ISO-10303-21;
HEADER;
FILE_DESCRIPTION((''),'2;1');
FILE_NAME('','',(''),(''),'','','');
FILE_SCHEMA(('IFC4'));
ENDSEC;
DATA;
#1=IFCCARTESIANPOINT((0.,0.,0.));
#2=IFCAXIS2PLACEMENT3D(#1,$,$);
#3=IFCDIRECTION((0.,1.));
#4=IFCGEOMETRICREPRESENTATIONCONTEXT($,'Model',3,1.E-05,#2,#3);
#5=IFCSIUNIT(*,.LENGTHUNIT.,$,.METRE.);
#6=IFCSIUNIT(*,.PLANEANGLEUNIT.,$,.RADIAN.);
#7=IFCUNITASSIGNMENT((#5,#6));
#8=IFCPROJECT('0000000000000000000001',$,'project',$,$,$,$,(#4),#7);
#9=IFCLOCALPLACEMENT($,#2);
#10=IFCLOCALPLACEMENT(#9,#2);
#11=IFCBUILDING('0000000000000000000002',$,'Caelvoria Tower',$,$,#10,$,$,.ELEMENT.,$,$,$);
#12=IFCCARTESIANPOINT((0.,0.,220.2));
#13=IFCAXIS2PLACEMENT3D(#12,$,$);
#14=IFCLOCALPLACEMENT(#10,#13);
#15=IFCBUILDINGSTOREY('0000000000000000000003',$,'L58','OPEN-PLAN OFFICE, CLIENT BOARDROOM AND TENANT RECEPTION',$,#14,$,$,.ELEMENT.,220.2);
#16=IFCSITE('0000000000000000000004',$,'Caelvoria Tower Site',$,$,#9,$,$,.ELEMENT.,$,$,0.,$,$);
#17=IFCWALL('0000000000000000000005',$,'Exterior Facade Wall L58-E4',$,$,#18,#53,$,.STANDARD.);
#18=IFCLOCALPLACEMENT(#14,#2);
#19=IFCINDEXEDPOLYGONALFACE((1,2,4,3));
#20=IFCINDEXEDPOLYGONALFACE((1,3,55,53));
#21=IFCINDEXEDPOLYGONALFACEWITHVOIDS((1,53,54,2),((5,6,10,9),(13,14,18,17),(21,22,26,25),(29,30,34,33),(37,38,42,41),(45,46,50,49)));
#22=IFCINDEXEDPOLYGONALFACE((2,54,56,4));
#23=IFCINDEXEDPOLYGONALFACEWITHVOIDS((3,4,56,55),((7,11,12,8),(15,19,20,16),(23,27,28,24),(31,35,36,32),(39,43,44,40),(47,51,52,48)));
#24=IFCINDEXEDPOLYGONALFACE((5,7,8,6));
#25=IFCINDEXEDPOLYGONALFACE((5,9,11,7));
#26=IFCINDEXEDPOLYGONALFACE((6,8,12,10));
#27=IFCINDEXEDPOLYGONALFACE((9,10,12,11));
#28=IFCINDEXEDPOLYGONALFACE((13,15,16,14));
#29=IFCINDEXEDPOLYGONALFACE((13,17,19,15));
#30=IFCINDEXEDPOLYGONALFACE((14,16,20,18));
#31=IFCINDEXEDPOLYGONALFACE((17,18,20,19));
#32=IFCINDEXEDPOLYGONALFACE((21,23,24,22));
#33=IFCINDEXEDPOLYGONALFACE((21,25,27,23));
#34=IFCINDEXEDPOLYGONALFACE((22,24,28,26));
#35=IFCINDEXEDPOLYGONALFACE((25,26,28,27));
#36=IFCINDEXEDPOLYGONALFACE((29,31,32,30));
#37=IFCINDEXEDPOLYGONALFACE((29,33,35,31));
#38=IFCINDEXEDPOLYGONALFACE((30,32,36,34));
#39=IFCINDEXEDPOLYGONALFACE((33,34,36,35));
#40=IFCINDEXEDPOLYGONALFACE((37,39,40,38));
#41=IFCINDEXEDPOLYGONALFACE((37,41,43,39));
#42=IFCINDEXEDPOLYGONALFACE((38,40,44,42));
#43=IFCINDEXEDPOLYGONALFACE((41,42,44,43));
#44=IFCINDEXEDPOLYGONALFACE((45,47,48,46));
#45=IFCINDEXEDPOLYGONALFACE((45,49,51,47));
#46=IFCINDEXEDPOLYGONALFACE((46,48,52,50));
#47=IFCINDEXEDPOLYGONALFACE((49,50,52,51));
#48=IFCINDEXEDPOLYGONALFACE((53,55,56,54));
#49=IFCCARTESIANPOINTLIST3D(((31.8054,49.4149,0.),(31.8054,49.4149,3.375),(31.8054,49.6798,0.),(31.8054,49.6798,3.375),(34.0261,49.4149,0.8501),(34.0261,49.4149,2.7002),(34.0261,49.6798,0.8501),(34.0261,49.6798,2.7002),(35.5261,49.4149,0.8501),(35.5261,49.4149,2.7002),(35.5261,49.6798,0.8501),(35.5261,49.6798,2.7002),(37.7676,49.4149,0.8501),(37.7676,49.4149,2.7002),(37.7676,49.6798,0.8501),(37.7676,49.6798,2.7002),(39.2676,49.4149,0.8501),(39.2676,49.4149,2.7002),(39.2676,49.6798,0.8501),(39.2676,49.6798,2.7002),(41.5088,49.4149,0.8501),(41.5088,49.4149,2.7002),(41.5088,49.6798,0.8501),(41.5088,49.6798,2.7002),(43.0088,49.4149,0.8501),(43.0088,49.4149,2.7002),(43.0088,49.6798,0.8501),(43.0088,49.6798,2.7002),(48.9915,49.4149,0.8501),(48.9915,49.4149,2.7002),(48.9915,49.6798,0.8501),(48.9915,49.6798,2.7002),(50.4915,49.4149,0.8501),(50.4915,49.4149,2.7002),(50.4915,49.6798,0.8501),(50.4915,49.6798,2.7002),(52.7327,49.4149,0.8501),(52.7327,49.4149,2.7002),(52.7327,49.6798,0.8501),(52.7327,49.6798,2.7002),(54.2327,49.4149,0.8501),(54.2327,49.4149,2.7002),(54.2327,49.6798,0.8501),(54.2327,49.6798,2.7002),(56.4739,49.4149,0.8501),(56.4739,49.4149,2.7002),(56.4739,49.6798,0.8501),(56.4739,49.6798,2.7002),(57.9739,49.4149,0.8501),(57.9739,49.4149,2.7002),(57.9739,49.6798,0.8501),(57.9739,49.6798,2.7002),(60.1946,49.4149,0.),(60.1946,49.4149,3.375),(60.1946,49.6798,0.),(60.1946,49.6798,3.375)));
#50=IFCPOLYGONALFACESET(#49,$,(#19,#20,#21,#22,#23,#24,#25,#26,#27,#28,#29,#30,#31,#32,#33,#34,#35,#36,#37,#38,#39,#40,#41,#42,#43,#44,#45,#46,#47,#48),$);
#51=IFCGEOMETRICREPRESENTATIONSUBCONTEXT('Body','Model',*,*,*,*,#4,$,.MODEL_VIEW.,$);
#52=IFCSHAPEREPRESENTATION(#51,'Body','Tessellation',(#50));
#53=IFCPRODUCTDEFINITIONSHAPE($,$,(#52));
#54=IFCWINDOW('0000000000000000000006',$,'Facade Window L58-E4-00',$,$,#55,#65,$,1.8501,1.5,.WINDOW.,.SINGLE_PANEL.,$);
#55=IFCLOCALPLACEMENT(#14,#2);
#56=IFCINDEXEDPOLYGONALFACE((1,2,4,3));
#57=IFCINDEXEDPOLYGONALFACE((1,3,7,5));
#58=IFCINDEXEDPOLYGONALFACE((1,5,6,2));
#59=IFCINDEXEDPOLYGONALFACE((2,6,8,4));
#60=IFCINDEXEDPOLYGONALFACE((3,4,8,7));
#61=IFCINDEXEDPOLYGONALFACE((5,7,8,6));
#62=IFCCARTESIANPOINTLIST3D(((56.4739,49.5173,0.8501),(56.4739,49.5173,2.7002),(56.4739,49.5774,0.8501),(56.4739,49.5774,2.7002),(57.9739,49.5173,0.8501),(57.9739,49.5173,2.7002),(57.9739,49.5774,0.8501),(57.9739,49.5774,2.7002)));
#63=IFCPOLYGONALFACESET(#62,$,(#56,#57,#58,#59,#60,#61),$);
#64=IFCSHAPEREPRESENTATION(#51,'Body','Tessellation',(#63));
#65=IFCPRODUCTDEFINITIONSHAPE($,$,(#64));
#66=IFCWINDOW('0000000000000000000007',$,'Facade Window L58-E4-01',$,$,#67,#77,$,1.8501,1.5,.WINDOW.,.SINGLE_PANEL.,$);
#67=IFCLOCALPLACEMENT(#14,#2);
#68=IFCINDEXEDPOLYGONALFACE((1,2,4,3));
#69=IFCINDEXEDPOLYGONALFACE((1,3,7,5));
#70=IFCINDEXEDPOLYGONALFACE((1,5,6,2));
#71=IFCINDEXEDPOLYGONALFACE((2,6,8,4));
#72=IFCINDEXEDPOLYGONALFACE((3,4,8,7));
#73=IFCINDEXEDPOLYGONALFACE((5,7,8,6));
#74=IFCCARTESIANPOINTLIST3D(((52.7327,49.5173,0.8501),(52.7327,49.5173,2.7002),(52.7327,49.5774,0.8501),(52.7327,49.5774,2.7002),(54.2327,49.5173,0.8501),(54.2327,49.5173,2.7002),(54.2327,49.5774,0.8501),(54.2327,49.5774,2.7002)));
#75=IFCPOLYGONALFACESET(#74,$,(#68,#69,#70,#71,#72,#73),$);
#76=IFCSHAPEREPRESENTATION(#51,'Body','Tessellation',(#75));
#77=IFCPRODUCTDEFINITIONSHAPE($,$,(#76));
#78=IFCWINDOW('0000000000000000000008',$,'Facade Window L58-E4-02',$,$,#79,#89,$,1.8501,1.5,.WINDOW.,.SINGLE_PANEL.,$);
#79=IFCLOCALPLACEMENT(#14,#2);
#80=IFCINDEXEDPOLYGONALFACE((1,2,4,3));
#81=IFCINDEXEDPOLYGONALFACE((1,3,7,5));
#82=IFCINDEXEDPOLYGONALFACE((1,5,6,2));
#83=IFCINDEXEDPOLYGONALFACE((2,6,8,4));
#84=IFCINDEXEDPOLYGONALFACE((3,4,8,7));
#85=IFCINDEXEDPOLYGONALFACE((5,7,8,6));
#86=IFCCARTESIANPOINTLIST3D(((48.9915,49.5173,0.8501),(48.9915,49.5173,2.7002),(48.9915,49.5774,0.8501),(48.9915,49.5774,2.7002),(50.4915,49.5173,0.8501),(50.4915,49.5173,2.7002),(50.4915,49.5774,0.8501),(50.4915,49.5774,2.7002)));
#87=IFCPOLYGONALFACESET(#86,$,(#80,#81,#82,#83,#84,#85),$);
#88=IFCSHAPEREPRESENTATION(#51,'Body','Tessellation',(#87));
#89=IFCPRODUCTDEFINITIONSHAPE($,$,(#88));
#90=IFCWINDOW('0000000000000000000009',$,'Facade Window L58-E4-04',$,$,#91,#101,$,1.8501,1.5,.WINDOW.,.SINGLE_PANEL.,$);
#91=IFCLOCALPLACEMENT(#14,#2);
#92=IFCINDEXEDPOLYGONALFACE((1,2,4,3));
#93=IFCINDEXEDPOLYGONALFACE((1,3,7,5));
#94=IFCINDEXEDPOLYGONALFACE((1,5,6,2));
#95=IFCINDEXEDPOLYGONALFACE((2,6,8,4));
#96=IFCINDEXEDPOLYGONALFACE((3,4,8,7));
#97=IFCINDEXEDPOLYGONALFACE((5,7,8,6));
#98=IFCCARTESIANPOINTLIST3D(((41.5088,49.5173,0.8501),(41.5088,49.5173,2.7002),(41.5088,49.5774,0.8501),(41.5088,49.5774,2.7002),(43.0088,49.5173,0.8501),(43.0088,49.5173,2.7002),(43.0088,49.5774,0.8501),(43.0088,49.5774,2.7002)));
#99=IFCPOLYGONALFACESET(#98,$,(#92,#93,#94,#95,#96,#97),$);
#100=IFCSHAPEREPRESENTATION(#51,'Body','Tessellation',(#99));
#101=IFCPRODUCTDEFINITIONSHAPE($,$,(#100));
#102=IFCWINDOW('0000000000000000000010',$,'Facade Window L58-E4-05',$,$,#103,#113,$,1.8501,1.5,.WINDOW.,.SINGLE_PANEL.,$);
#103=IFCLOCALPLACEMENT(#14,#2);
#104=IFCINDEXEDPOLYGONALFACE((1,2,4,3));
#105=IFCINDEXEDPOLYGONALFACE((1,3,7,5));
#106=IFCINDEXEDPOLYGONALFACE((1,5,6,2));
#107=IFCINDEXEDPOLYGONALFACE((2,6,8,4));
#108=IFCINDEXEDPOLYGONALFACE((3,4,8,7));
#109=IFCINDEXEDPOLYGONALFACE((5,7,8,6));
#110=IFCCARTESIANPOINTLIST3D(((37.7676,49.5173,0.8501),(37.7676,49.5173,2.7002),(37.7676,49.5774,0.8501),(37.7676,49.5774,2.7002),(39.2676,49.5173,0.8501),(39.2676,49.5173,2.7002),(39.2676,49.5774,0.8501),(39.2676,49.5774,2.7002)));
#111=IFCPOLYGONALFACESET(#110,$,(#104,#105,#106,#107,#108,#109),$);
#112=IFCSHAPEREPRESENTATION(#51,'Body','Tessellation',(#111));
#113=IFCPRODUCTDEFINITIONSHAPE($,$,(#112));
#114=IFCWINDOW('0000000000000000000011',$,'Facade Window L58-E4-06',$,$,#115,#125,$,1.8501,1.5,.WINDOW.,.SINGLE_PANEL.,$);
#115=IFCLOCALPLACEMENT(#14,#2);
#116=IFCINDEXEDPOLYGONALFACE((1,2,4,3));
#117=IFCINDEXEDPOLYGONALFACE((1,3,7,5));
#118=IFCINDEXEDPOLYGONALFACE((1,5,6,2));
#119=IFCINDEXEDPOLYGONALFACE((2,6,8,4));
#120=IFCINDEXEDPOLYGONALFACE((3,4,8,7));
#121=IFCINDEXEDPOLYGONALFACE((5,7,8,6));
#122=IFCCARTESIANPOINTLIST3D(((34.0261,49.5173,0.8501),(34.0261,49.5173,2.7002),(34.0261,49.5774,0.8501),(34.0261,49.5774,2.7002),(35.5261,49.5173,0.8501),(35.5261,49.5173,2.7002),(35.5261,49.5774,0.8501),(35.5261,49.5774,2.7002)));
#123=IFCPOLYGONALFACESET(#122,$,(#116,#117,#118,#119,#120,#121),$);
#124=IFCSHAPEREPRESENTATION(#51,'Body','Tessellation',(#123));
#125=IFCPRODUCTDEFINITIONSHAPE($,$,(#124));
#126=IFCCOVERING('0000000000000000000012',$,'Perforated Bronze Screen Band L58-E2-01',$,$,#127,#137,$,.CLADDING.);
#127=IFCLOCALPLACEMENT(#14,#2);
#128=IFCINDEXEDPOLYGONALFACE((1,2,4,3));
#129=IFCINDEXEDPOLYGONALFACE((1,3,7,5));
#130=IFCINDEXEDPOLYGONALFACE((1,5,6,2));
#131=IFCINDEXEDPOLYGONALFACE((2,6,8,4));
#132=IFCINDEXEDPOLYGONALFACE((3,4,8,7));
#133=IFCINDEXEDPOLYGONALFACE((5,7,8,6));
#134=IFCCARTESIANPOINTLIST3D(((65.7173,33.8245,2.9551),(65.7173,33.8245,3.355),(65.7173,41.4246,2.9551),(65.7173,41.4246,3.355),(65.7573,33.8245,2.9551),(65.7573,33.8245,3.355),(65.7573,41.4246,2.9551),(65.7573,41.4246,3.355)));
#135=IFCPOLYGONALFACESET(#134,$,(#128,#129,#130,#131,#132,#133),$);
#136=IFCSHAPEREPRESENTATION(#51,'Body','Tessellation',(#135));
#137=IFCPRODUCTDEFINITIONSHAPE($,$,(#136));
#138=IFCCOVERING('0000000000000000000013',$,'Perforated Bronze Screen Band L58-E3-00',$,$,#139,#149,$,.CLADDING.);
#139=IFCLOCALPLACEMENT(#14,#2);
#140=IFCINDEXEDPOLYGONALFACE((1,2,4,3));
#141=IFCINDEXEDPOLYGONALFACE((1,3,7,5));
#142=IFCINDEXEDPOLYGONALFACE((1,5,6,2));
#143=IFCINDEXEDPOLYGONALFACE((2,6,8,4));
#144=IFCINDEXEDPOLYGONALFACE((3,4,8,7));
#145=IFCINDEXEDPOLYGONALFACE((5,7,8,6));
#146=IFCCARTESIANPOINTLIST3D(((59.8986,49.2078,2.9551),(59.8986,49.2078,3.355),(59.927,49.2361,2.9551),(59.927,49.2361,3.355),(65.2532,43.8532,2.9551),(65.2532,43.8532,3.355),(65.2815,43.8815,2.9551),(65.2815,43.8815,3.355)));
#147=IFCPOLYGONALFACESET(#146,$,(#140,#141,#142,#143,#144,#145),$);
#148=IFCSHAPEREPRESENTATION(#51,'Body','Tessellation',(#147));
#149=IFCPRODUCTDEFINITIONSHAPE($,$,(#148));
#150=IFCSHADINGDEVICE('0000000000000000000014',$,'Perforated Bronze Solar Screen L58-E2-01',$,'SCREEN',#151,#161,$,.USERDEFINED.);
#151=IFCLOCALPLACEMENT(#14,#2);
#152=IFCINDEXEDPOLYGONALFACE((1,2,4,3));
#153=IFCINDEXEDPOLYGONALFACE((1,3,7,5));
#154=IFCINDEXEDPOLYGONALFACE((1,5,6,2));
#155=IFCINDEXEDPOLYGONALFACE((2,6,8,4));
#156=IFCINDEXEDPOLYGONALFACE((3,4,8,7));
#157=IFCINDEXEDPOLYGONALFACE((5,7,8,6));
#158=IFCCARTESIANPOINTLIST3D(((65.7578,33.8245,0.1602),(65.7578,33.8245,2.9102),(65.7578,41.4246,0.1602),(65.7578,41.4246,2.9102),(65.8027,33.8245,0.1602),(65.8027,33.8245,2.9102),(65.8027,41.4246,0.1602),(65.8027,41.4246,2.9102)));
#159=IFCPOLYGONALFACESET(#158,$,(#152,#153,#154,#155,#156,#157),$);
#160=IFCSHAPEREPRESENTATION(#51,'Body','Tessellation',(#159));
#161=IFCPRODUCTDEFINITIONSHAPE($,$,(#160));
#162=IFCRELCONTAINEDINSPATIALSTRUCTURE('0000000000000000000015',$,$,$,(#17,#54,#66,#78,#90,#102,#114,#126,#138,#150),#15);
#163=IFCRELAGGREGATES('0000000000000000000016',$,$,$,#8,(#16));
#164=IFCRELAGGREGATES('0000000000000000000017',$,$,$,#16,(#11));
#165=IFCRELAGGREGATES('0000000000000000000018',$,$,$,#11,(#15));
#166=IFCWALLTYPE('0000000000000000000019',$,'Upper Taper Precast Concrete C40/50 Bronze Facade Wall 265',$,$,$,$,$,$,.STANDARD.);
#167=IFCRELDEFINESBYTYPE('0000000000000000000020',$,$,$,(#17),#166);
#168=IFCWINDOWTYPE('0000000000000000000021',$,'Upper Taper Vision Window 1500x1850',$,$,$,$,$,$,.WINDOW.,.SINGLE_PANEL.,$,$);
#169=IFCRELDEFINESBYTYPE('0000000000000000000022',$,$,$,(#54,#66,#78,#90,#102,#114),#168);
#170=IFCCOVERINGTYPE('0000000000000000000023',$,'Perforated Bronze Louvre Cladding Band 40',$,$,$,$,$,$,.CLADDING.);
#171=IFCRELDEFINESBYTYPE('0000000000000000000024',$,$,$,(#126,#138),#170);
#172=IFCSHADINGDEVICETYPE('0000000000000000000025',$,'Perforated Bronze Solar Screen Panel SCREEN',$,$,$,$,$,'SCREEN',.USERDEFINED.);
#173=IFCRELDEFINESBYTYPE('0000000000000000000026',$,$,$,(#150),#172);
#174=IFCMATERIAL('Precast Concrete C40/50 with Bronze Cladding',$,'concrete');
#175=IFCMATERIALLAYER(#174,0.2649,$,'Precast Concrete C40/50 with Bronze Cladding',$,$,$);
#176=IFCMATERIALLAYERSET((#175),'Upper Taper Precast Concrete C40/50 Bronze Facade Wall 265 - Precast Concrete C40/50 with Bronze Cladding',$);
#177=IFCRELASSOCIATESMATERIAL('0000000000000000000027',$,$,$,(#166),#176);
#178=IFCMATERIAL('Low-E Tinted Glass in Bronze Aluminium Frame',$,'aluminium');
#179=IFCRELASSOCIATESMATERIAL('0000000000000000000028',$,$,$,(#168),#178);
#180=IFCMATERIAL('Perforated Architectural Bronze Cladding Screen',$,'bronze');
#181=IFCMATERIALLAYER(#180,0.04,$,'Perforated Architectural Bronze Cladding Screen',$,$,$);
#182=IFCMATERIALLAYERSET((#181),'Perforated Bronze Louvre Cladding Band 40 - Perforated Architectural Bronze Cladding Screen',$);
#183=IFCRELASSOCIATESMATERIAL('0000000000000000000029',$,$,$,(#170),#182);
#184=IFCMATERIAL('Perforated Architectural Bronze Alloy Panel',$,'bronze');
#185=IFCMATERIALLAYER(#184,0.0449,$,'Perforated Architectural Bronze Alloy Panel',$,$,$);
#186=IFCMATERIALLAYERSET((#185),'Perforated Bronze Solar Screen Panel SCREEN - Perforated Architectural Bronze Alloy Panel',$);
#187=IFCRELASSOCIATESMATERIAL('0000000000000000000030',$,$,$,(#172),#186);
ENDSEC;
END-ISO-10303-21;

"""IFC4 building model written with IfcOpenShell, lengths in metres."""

from ifc_helpers import new_model, si_unit, direction, frame, frame_2d, origin, origin_2d, place, context, subcontext, project, spatial, rectangle, extrude, material, layer, layer_set, type_object, element, fill, save


model = new_model("IFC4")

# Units and contexts
model_context = context("Model", 3, precision=1e-05, world=origin(), true_north=direction((0.0, 1.0)))
body_context = subcontext(model_context, "Body", "Model", "MODEL_VIEW")
ifc_project = project(units=[si_unit("LENGTHUNIT", "METRE"), si_unit("PLANEANGLEUNIT", "RADIAN")], contexts=[model_context])

# Site, building, storey
site_placement = place(None, origin())
site = spatial("IfcSite", under=ifc_project, at=site_placement, Name="Caelvoria Tower Site", CompositionType="ELEMENT", RefElevation=0.0)
building_placement = place(site_placement, origin())
building = spatial("IfcBuilding", under=site, at=building_placement, Name="Caelvoria Tower", CompositionType="ELEMENT")
storey_placement = place(building_placement, frame((0.0, 0.0, 220.2)))
storey = spatial("IfcBuildingStorey", under=building, at=storey_placement, Name="L58", Description="OPEN-PLAN OFFICE, CLIENT BOARDROOM AND TENANT RECEPTION", CompositionType="ELEMENT", Elevation=220.2)

# Shared definitions
ifc_material_1 = material(Name="Precast Concrete C40/50 with Bronze Cladding", Category="concrete")
ifc_layer_1 = layer(ifc_material_1, 0.2649, Name="Precast Concrete C40/50 with Bronze Cladding")
ifc_layer_set_1 = layer_set([ifc_layer_1], Name="Upper Taper Precast Concrete C40/50 Bronze Facade Wall 265 - Precast Concrete C40/50 with Bronze Cladding")
wall_type_1 = type_object("IfcWallType", Name="Upper Taper Precast Concrete C40/50 Bronze Facade Wall 265", PredefinedType="STANDARD", material=ifc_layer_set_1)

# Wall, openings, windows
wall_1_placement = place(storey_placement, frame((60.1946, 49.5474, 0.0), z_axis=(0.0, 0.0, 1.0), x_axis=(-1.0, 0.0, 0.0)))
wall_1 = element("IfcWall", 1, at=wall_1_placement, inside=storey, type_object=wall_type_1, Name="Exterior Facade Wall L58-E4", PredefinedType="STANDARD", context=body_context, shape_type="SweptSolid", body=[
    extrude(rectangle(XDim=28.3892, YDim=0.2649, at=frame_2d((14.1946, 0.0))), origin(), (0.0, 0.0, 1.0), 3.375),
])
opening_1_placement = place(wall_1_placement, frame((2.2207, 0.0, 0.8501)))
opening_1 = element("IfcOpeningElement", 2, at=opening_1_placement, cuts=wall_1, PredefinedType="OPENING", context=body_context, shape_type="SweptSolid", body=[
    extrude(rectangle(XDim=1.5, YDim=1.8501, at=frame_2d((0.75, 0.925))), frame((0.0, 0.1423, 0.0), z_axis=(0.0, -1.0, 0.0), x_axis=(1.0, 0.0, 0.0)), (0.0, 0.0, 1.0), 0.2849),
])
opening_2_placement = place(wall_1_placement, frame((5.9619, 0.0, 0.8501)))
opening_2 = element("IfcOpeningElement", 3, at=opening_2_placement, cuts=wall_1, PredefinedType="OPENING", context=body_context, shape_type="SweptSolid", body=[
    extrude(rectangle(XDim=1.5, YDim=1.8501, at=frame_2d((0.75, 0.925))), frame((0.0, 0.1423, 0.0), z_axis=(0.0, -1.0, 0.0), x_axis=(1.0, 0.0, 0.0)), (0.0, 0.0, 1.0), 0.2849),
])
opening_3_placement = place(wall_1_placement, frame((9.7031, 0.0, 0.8501)))
opening_3 = element("IfcOpeningElement", 4, at=opening_3_placement, cuts=wall_1, PredefinedType="OPENING", context=body_context, shape_type="SweptSolid", body=[
    extrude(rectangle(XDim=1.5, YDim=1.8501, at=frame_2d((0.75, 0.925))), frame((0.0, 0.1423, 0.0), z_axis=(0.0, -1.0, 0.0), x_axis=(1.0, 0.0, 0.0)), (0.0, 0.0, 1.0), 0.2849),
])
opening_4_placement = place(wall_1_placement, frame((17.1858, 0.0, 0.8501)))
opening_4 = element("IfcOpeningElement", 5, at=opening_4_placement, cuts=wall_1, PredefinedType="OPENING", context=body_context, shape_type="SweptSolid", body=[
    extrude(rectangle(XDim=1.5, YDim=1.8501, at=frame_2d((0.75, 0.925))), frame((0.0, 0.1423, 0.0), z_axis=(0.0, -1.0, 0.0), x_axis=(1.0, 0.0, 0.0)), (0.0, 0.0, 1.0), 0.2849),
])
opening_5_placement = place(wall_1_placement, frame((20.927, 0.0, 0.8501)))
opening_5 = element("IfcOpeningElement", 6, at=opening_5_placement, cuts=wall_1, PredefinedType="OPENING", context=body_context, shape_type="SweptSolid", body=[
    extrude(rectangle(XDim=1.5, YDim=1.8501, at=frame_2d((0.75, 0.925))), frame((0.0, 0.1423, 0.0), z_axis=(0.0, -1.0, 0.0), x_axis=(1.0, 0.0, 0.0)), (0.0, 0.0, 1.0), 0.2849),
])
opening_6_placement = place(wall_1_placement, frame((24.6685, 0.0, 0.8501)))
opening_6 = element("IfcOpeningElement", 7, at=opening_6_placement, cuts=wall_1, PredefinedType="OPENING", context=body_context, shape_type="SweptSolid", body=[
    extrude(rectangle(XDim=1.5, YDim=1.8501, at=frame_2d((0.75, 0.925))), frame((0.0, 0.1423, 0.0), z_axis=(0.0, -1.0, 0.0), x_axis=(1.0, 0.0, 0.0)), (0.0, 0.0, 1.0), 0.2849),
])
ifc_material_2 = material(Name="Low-E Tinted Glass in Bronze Aluminium Frame", Category="aluminium")
window_type = type_object("IfcWindowType", Name="Upper Taper Vision Window 1500x1850", PartitioningType="SINGLE_PANEL", PredefinedType="WINDOW", material=ifc_material_2)
window_1_placement = place(opening_1_placement, origin())
window_1 = element("IfcWindow", 8, at=window_1_placement, inside=storey, type_object=window_type, Name="Facade Window L58-E4-00", OverallHeight=1.8501, OverallWidth=1.5, PartitioningType="SINGLE_PANEL", PredefinedType="WINDOW", context=body_context, shape_type="SweptSolid", body=[
    extrude(rectangle(XDim=1.5, YDim=1.8501, at=frame_2d((0.75, 0.925))), frame((0.0, 0.03, 0.0), z_axis=(0.0, -1.0, 0.0), x_axis=(1.0, 0.0, 0.0)), (0.0, 0.0, 1.0), 0.0601),
])
fill(opening_1, window_1)
window_2_placement = place(opening_2_placement, origin())
window_2 = element("IfcWindow", 9, at=window_2_placement, inside=storey, type_object=window_type, Name="Facade Window L58-E4-01", OverallHeight=1.8501, OverallWidth=1.5, PartitioningType="SINGLE_PANEL", PredefinedType="WINDOW", context=body_context, shape_type="SweptSolid", body=[
    extrude(rectangle(XDim=1.5, YDim=1.8501, at=frame_2d((0.75, 0.925))), frame((0.0, 0.03, 0.0), z_axis=(0.0, -1.0, 0.0), x_axis=(1.0, 0.0, 0.0)), (0.0, 0.0, 1.0), 0.0601),
])
fill(opening_2, window_2)
window_3_placement = place(opening_3_placement, origin())
window_3 = element("IfcWindow", 10, at=window_3_placement, inside=storey, type_object=window_type, Name="Facade Window L58-E4-02", OverallHeight=1.8501, OverallWidth=1.5, PartitioningType="SINGLE_PANEL", PredefinedType="WINDOW", context=body_context, shape_type="SweptSolid", body=[
    extrude(rectangle(XDim=1.5, YDim=1.8501, at=frame_2d((0.75, 0.925))), frame((0.0, 0.03, 0.0), z_axis=(0.0, -1.0, 0.0), x_axis=(1.0, 0.0, 0.0)), (0.0, 0.0, 1.0), 0.0601),
])
fill(opening_3, window_3)
window_4_placement = place(opening_4_placement, origin())
window_4 = element("IfcWindow", 11, at=window_4_placement, inside=storey, type_object=window_type, Name="Facade Window L58-E4-04", OverallHeight=1.8501, OverallWidth=1.5, PartitioningType="SINGLE_PANEL", PredefinedType="WINDOW", context=body_context, shape_type="SweptSolid", body=[
    extrude(rectangle(XDim=1.5, YDim=1.8501, at=frame_2d((0.75, 0.925))), frame((0.0, 0.03, 0.0), z_axis=(0.0, -1.0, 0.0), x_axis=(1.0, 0.0, 0.0)), (0.0, 0.0, 1.0), 0.0601),
])
fill(opening_4, window_4)
window_5_placement = place(opening_5_placement, origin())
window_5 = element("IfcWindow", 12, at=window_5_placement, inside=storey, type_object=window_type, Name="Facade Window L58-E4-05", OverallHeight=1.8501, OverallWidth=1.5, PartitioningType="SINGLE_PANEL", PredefinedType="WINDOW", context=body_context, shape_type="SweptSolid", body=[
    extrude(rectangle(XDim=1.5, YDim=1.8501, at=frame_2d((0.75, 0.925))), frame((0.0, 0.03, 0.0), z_axis=(0.0, -1.0, 0.0), x_axis=(1.0, 0.0, 0.0)), (0.0, 0.0, 1.0), 0.0601),
])
fill(opening_5, window_5)
window_6_placement = place(opening_6_placement, origin())
window_6 = element("IfcWindow", 13, at=window_6_placement, inside=storey, type_object=window_type, Name="Facade Window L58-E4-06", OverallHeight=1.8501, OverallWidth=1.5, PartitioningType="SINGLE_PANEL", PredefinedType="WINDOW", context=body_context, shape_type="SweptSolid", body=[
    extrude(rectangle(XDim=1.5, YDim=1.8501, at=frame_2d((0.75, 0.925))), frame((0.0, 0.03, 0.0), z_axis=(0.0, -1.0, 0.0), x_axis=(1.0, 0.0, 0.0)), (0.0, 0.0, 1.0), 0.0601),
])
fill(opening_6, window_6)

# Coverings
ifc_material_3 = material(Name="Perforated Architectural Bronze Cladding Screen", Category="bronze")
ifc_layer_2 = layer(ifc_material_3, 0.04, Name="Perforated Architectural Bronze Cladding Screen")
ifc_layer_set_2 = layer_set([ifc_layer_2], Name="Perforated Bronze Louvre Cladding Band 40 - Perforated Architectural Bronze Cladding Screen")
covering_type = type_object("IfcCoveringType", Name="Perforated Bronze Louvre Cladding Band 40", PredefinedType="CLADDING", material=ifc_layer_set_2)
covering_1_placement = place(storey_placement, frame((65.7373, 37.6245, 2.9551), z_axis=(0.0, 0.0, 1.0), x_axis=(0.0, 1.0, 0.0)))
element("IfcCovering", 14, at=covering_1_placement, inside=storey, type_object=covering_type, Name="Perforated Bronze Screen Band L58-E2-01", PredefinedType="CLADDING", context=body_context, shape_type="SweptSolid", body=[
    extrude(rectangle(XDim=7.6001, YDim=0.04, at=origin_2d()), origin(), (0.0, 0.0, 1.0), 0.3999),
])
covering_2_placement = place(storey_placement, frame((62.5901, 46.5447, 2.9551), z_axis=(0.0, 0.0, 1.0), x_axis=(-0.707107, 0.707107, 0.0)))
element("IfcCovering", 15, at=covering_2_placement, inside=storey, type_object=covering_type, Name="Perforated Bronze Screen Band L58-E3-00", PredefinedType="CLADDING", context=body_context, shape_type="SweptSolid", body=[
    extrude(rectangle(XDim=7.5725, YDim=0.04, at=origin_2d()), origin(), (0.0, 0.0, 1.0), 0.3999),
])

# Shading device
ifc_material_4 = material(Name="Perforated Architectural Bronze Alloy Panel", Category="bronze")
ifc_layer_3 = layer(ifc_material_4, 0.0449, Name="Perforated Architectural Bronze Alloy Panel")
ifc_layer_set_3 = layer_set([ifc_layer_3], Name="Perforated Bronze Solar Screen Panel SCREEN - Perforated Architectural Bronze Alloy Panel")
shading_device_type = type_object("IfcShadingDeviceType", Name="Perforated Bronze Solar Screen Panel SCREEN", ElementType="SCREEN", PredefinedType="USERDEFINED", material=ifc_layer_set_3)
shading_device_1_placement = place(storey_placement, frame((65.7803, 37.6245, 0.1602), z_axis=(0.0, 0.0, 1.0), x_axis=(0.0, 1.0, 0.0)))
element("IfcShadingDevice", 16, at=shading_device_1_placement, inside=storey, type_object=shading_device_type, Name="Perforated Bronze Solar Screen L58-E2-01", ObjectType="SCREEN", PredefinedType="USERDEFINED", context=body_context, shape_type="SweptSolid", body=[
    extrude(rectangle(XDim=7.6001, YDim=0.0449, at=origin_2d()), origin(), (0.0, 0.0, 1.0), 2.75),
])

save(model, "model.ifc")
